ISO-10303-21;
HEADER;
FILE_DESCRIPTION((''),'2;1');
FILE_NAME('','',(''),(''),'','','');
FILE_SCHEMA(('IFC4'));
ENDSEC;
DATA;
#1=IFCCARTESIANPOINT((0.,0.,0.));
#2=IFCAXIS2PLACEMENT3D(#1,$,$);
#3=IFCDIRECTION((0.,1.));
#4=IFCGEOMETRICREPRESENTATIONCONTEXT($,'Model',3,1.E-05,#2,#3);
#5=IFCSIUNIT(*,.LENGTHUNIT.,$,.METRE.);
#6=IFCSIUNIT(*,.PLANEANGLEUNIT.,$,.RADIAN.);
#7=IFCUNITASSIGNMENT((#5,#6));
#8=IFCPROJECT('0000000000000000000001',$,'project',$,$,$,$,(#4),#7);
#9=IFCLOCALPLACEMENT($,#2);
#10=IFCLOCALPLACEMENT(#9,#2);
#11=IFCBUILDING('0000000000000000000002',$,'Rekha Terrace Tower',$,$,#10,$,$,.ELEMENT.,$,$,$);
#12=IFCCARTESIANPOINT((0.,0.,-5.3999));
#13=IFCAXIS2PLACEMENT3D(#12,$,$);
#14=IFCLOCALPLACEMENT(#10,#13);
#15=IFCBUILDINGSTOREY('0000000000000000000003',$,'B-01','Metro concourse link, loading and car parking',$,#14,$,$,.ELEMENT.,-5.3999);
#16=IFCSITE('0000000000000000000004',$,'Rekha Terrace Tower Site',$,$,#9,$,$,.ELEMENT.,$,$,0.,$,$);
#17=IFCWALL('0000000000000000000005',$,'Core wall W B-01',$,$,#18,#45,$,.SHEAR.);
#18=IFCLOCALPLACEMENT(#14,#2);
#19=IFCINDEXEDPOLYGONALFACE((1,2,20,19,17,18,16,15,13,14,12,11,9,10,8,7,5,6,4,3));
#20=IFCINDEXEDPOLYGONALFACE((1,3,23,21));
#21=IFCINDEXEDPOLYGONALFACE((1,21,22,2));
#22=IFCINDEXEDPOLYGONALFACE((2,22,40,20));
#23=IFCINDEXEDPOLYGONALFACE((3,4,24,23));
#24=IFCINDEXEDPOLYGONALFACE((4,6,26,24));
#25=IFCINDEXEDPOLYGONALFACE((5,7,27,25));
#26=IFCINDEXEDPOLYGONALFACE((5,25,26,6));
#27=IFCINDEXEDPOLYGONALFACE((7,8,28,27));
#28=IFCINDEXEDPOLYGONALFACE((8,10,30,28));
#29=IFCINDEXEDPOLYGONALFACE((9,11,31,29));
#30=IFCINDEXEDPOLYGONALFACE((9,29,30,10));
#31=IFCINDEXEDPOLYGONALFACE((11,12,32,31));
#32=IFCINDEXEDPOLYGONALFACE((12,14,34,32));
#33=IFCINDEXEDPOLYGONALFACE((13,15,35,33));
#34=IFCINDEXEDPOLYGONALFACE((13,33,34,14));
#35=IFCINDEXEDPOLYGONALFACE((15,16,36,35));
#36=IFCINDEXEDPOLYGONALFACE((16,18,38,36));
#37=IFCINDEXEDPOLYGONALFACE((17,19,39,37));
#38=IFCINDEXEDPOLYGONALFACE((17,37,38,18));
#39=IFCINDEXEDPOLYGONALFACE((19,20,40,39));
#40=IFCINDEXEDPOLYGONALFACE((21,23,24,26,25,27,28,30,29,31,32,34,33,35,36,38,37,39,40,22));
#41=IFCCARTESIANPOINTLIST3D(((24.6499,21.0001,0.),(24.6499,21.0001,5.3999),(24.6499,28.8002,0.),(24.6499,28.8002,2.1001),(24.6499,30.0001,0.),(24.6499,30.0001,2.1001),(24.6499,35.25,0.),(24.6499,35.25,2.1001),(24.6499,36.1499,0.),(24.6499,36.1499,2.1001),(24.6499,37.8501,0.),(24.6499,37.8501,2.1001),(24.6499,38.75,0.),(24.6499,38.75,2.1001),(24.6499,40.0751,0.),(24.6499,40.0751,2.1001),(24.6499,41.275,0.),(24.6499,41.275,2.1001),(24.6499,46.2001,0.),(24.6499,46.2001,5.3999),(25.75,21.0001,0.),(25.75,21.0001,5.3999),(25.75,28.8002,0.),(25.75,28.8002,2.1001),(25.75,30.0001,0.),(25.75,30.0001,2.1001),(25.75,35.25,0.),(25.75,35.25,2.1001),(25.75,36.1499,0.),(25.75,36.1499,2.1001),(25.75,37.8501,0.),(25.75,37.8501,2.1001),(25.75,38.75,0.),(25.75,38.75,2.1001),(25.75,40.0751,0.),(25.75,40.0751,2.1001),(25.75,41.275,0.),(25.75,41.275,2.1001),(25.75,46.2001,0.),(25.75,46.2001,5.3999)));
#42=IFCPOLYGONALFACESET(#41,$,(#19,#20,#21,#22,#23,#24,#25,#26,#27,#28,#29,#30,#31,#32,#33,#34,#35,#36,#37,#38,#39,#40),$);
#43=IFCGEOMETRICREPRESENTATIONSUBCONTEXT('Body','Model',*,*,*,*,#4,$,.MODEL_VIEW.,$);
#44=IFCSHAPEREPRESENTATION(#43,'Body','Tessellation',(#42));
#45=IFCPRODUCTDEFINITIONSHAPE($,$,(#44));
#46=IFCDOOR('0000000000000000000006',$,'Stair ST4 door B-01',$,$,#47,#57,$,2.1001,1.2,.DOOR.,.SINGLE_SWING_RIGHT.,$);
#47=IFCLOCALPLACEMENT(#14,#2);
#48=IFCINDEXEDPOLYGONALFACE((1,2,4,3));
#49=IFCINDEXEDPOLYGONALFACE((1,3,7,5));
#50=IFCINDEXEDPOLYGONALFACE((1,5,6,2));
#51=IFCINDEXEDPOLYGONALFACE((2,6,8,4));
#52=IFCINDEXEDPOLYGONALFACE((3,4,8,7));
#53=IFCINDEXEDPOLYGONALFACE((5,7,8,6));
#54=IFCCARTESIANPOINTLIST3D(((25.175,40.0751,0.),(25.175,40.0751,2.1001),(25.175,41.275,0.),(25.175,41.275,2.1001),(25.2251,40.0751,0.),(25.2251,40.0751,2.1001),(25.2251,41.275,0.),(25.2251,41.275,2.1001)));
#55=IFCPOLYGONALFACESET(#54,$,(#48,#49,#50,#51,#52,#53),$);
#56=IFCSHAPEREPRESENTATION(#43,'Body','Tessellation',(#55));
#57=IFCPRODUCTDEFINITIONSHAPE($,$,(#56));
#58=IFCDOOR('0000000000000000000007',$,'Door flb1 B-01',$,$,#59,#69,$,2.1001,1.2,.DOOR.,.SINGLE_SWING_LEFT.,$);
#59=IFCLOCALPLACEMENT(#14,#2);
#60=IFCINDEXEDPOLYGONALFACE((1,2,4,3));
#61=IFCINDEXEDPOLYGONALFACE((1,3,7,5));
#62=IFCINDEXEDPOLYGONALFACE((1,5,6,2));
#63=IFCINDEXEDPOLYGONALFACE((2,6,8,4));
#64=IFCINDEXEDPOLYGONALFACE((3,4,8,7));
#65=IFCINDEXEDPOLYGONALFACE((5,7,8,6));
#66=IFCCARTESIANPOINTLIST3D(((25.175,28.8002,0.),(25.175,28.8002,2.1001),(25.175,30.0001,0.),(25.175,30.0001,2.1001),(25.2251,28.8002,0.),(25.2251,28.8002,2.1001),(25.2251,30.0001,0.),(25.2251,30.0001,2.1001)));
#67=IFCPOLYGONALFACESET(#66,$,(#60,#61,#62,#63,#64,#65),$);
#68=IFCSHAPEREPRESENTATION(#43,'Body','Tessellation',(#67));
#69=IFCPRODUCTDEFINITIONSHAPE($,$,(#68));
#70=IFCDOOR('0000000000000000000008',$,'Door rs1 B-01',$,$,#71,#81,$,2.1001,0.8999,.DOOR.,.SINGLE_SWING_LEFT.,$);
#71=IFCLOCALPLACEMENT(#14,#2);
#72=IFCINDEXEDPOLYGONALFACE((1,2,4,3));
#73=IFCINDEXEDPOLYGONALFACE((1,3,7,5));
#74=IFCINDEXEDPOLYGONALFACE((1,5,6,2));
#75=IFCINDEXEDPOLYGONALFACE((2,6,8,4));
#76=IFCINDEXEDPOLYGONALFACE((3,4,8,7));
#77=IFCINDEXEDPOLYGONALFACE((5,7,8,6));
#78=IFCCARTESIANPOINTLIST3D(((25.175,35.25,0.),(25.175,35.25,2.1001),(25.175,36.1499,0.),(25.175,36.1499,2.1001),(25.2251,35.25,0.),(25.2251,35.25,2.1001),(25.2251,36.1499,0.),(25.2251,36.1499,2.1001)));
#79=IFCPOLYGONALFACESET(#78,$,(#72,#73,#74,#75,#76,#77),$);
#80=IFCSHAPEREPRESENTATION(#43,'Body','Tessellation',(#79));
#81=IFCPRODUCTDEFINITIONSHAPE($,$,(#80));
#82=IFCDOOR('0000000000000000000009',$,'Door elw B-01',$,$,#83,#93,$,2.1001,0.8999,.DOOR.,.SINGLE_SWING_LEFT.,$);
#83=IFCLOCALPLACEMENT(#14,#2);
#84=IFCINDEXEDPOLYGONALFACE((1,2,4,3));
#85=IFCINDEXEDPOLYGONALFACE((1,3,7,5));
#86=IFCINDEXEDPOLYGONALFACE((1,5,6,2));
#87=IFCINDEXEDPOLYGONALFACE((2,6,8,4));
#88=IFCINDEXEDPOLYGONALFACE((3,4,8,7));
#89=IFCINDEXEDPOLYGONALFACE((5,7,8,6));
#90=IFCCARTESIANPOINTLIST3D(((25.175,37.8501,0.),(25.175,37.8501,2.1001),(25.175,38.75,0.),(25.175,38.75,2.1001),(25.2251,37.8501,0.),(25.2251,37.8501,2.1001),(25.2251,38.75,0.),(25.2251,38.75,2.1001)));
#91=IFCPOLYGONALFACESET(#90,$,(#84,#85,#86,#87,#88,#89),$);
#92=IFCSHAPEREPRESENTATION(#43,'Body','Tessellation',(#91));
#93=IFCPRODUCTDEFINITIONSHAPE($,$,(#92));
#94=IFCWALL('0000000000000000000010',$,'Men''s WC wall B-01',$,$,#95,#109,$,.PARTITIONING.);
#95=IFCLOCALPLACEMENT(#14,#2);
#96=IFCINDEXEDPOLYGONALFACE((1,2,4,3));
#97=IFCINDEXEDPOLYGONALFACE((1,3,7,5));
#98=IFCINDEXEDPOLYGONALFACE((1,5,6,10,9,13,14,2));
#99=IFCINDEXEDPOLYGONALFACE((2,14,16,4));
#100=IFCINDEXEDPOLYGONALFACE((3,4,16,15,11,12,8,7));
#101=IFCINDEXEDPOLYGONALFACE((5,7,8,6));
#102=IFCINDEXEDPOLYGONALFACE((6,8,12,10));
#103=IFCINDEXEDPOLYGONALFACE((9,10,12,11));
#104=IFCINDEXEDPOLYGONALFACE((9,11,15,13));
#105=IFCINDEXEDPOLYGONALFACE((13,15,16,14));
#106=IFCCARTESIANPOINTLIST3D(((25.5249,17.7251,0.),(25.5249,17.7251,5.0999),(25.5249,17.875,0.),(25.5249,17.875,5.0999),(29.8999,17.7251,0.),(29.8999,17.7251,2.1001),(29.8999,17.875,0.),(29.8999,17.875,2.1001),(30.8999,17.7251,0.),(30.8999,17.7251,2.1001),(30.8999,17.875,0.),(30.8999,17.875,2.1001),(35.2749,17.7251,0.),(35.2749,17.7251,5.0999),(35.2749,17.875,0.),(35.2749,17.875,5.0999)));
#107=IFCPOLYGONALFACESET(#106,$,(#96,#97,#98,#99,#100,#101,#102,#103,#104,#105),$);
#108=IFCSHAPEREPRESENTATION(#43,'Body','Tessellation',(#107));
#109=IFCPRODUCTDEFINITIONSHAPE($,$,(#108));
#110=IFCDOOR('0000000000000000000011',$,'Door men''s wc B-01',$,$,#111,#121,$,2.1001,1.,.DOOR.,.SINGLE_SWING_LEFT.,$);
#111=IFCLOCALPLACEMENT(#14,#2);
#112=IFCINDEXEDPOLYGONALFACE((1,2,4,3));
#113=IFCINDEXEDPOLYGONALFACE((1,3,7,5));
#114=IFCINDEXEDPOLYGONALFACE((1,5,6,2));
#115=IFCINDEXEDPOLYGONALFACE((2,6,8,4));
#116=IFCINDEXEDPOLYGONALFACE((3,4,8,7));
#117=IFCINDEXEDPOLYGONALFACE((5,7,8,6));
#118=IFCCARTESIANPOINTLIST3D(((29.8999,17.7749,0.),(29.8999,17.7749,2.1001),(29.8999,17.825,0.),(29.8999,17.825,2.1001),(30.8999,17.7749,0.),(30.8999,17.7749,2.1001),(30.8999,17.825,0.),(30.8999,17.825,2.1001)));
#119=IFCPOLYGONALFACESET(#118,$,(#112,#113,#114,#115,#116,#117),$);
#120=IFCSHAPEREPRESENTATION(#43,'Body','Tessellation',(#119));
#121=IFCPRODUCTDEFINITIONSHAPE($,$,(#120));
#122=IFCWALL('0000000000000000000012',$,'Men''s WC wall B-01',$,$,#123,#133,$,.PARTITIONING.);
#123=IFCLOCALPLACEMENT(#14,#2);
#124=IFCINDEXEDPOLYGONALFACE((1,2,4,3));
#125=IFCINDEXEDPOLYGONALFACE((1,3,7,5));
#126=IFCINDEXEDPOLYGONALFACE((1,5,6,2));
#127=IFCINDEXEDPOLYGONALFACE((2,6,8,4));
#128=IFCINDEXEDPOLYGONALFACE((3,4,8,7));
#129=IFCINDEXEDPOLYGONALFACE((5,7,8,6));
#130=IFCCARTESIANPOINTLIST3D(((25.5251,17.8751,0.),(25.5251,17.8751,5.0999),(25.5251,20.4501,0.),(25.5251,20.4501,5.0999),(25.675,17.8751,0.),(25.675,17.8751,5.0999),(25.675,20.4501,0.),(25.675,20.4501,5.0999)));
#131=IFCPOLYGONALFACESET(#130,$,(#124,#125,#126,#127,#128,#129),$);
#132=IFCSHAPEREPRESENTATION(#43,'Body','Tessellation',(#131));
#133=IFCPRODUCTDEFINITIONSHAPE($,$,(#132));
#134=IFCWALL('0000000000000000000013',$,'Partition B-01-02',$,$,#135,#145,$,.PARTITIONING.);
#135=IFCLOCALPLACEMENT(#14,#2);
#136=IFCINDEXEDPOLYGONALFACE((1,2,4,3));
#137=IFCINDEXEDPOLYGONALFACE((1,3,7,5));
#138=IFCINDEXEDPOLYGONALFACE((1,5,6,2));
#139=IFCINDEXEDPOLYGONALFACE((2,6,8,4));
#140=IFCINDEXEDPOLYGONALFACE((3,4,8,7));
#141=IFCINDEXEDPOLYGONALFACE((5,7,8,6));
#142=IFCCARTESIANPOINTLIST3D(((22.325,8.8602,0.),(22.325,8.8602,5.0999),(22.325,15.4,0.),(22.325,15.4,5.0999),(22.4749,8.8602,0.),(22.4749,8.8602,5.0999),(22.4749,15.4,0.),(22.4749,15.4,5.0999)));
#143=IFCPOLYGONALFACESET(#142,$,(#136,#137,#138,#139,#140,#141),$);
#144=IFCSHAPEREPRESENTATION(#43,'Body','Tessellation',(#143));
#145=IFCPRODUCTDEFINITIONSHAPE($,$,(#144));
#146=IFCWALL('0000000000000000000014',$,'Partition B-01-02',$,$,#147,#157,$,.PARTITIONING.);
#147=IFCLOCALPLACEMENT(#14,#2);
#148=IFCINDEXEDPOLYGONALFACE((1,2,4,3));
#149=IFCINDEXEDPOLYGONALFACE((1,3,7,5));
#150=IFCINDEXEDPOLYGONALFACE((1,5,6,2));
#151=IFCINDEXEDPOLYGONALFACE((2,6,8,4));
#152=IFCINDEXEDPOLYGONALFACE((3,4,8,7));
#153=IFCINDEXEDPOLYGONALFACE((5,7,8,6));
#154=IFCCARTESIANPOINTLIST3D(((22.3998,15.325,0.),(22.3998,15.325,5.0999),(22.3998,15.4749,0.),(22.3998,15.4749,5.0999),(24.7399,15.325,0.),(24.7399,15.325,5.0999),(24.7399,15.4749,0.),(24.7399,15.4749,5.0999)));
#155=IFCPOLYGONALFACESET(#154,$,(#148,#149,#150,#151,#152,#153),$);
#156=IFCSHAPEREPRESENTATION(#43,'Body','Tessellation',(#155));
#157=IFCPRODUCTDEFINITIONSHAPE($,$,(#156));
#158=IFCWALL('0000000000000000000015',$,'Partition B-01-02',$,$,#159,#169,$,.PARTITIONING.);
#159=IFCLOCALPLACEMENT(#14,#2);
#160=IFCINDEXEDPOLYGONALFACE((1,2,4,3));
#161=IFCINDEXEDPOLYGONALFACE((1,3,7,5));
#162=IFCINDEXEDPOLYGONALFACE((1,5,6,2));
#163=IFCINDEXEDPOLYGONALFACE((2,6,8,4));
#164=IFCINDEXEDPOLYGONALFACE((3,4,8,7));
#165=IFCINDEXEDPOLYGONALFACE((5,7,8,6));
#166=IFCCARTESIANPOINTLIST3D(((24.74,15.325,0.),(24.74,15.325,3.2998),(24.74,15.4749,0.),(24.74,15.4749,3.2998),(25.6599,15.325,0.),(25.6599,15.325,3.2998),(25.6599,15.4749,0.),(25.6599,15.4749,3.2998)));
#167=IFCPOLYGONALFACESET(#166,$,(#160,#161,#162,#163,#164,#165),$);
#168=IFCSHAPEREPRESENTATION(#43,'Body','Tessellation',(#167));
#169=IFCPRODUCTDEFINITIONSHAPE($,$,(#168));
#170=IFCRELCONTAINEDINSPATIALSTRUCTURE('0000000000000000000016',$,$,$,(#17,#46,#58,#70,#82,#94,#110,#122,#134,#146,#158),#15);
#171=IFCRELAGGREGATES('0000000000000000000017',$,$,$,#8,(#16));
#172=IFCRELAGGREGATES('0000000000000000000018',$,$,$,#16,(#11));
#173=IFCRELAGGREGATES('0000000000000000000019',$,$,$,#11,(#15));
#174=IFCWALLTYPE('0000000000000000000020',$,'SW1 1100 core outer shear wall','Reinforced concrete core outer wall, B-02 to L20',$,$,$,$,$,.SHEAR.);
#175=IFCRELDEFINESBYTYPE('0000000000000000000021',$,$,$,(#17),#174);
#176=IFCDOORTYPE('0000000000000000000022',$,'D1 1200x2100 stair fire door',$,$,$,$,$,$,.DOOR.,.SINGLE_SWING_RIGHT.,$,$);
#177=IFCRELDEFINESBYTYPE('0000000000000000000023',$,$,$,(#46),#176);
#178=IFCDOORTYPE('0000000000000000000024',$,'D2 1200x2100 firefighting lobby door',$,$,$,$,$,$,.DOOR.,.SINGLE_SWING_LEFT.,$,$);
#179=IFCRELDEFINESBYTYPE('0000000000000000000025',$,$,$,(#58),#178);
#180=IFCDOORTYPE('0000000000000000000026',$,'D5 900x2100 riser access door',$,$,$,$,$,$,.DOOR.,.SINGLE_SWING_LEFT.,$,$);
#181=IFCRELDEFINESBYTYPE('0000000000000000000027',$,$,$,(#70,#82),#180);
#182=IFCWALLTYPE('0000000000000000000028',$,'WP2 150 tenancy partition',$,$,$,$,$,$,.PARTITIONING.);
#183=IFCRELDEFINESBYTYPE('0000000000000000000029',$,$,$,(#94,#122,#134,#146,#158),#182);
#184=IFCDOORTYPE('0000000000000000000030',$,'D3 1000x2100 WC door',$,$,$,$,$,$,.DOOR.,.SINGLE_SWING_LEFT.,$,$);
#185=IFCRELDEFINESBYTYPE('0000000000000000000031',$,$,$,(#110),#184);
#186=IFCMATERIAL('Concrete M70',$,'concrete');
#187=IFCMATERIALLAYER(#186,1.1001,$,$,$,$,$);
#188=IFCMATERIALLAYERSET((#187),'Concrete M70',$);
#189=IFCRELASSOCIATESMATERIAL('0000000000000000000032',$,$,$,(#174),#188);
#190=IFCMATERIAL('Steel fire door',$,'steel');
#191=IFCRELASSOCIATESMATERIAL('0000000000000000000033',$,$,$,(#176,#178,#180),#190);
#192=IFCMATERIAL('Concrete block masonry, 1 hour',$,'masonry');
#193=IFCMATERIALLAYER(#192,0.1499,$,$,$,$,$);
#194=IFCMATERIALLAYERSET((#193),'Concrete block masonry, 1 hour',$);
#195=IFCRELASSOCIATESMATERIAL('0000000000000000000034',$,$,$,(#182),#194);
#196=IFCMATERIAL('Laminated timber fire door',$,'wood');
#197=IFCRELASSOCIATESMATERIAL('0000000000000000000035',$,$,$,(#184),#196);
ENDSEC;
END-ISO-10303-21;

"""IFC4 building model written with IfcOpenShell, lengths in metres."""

from ifc_helpers import new_model, si_unit, direction, frame, frame_2d, origin, place, context, subcontext, project, spatial, rectangle, extrude, material, layer, layer_set, type_object, element, fill, save


model = new_model("IFC4")

# Units and contexts
model_context = context("Model", 3, precision=1e-05, world=origin(), true_north=direction((0.0, 1.0)))
body_context = subcontext(model_context, "Body", "Model", "MODEL_VIEW")
ifc_project = project(units=[si_unit("LENGTHUNIT", "METRE"), si_unit("PLANEANGLEUNIT", "RADIAN")], contexts=[model_context])

# Site, building, storey
site_placement = place(None, origin())
site = spatial("IfcSite", under=ifc_project, at=site_placement, Name="Rekha Terrace Tower Site", CompositionType="ELEMENT", RefElevation=0.0)
building_placement = place(site_placement, origin())
building = spatial("IfcBuilding", under=site, at=building_placement, Name="Rekha Terrace Tower", CompositionType="ELEMENT")
storey_placement = place(building_placement, frame((0.0, 0.0, -5.3999)))
storey = spatial("IfcBuildingStorey", under=building, at=storey_placement, Name="B-01", Description="Metro concourse link, loading and car parking", CompositionType="ELEMENT", Elevation=-5.3999)

# Shared definitions
ifc_material_1 = material(Name="Concrete M70", Category="concrete")

# Shared definitions
ifc_layer_1 = layer(ifc_material_1, 1.1001)
ifc_layer_set_1 = layer_set([ifc_layer_1], Name="Concrete M70")
wall_type_1 = type_object("IfcWallType", Name="SW1 1100 core outer shear wall", Description="Reinforced concrete core outer wall, B-02 to L20", PredefinedType="SHEAR", material=ifc_layer_set_1)

# Wall, openings, doors
wall_1_placement = place(storey_placement, frame((25.2, 21.0, 0.0), z_axis=(0.0, 0.0, 1.0), x_axis=(0.0, 1.0, 0.0)))
wall_1 = element("IfcWall", 1, at=wall_1_placement, inside=storey, type_object=wall_type_1, Name="Core wall W B-01", PredefinedType="SHEAR", context=body_context, shape_type="SweptSolid", body=[
    extrude(rectangle(XDim=25.2, YDim=1.1001, at=frame_2d((12.6001, 0.0))), origin(), (0.0, 0.0, 1.0), 5.3999),
])
opening_1_placement = place(wall_1_placement, frame((7.8, 0.0, 0.0)))
opening_1 = element("IfcOpeningElement", 2, at=opening_1_placement, cuts=wall_1, PredefinedType="OPENING", context=body_context, shape_type="SweptSolid", body=[
    extrude(rectangle(XDim=1.2, YDim=2.1001, at=frame_2d((0.6001, 1.05))), frame((0.0, 0.5601, 0.0), z_axis=(0.0, -1.0, 0.0), x_axis=(1.0, 0.0, 0.0)), (0.0, 0.0, 1.0), 1.1201),
])
opening_2_placement = place(wall_1_placement, frame((14.25, 0.0, 0.0)))
opening_2 = element("IfcOpeningElement", 3, at=opening_2_placement, cuts=wall_1, PredefinedType="OPENING", context=body_context, shape_type="SweptSolid", body=[
    extrude(rectangle(XDim=0.8999, YDim=2.1001, at=frame_2d((0.45, 1.05))), frame((0.0, 0.5601, 0.0), z_axis=(0.0, -1.0, 0.0), x_axis=(1.0, 0.0, 0.0)), (0.0, 0.0, 1.0), 1.1201),
])
opening_3_placement = place(wall_1_placement, frame((16.8501, 0.0, 0.0)))
opening_3 = element("IfcOpeningElement", 4, at=opening_3_placement, cuts=wall_1, PredefinedType="OPENING", context=body_context, shape_type="SweptSolid", body=[
    extrude(rectangle(XDim=0.8999, YDim=2.1001, at=frame_2d((0.45, 1.05))), frame((0.0, 0.5601, 0.0), z_axis=(0.0, -1.0, 0.0), x_axis=(1.0, 0.0, 0.0)), (0.0, 0.0, 1.0), 1.1201),
])
opening_4_placement = place(wall_1_placement, frame((19.075, 0.0, 0.0)))
opening_4 = element("IfcOpeningElement", 5, at=opening_4_placement, cuts=wall_1, PredefinedType="OPENING", context=body_context, shape_type="SweptSolid", body=[
    extrude(rectangle(XDim=1.2, YDim=2.1001, at=frame_2d((0.6001, 1.05))), frame((0.0, 0.5601, 0.0), z_axis=(0.0, -1.0, 0.0), x_axis=(1.0, 0.0, 0.0)), (0.0, 0.0, 1.0), 1.1201),
])
ifc_material_2 = material(Name="Steel fire door", Category="steel")
door_type_1 = type_object("IfcDoorType", Name="D1 1200x2100 stair fire door", OperationType="SINGLE_SWING_RIGHT", PredefinedType="DOOR", material=ifc_material_2)
door_1_placement = place(opening_4_placement, origin())
door_1 = element("IfcDoor", 6, at=door_1_placement, inside=storey, type_object=door_type_1, Name="Stair ST4 door B-01", OperationType="SINGLE_SWING_RIGHT", OverallHeight=2.1001, OverallWidth=1.2, PredefinedType="DOOR", context=body_context, shape_type="SweptSolid", body=[
    extrude(rectangle(XDim=1.2, YDim=2.1001, at=frame_2d((0.6001, 1.05))), frame((0.0, 0.0249, 0.0), z_axis=(0.0, -1.0, 0.0), x_axis=(1.0, 0.0, 0.0)), (0.0, 0.0, 1.0), 0.05),
])
fill(opening_4, door_1)
door_type_2 = type_object("IfcDoorType", Name="D2 1200x2100 firefighting lobby door", OperationType="SINGLE_SWING_LEFT", PredefinedType="DOOR", material=ifc_material_2)
door_2_placement = place(opening_1_placement, origin())
door_2 = element("IfcDoor", 7, at=door_2_placement, inside=storey, type_object=door_type_2, Name="Door flb1 B-01", OperationType="SINGLE_SWING_LEFT", OverallHeight=2.1001, OverallWidth=1.2, PredefinedType="DOOR", context=body_context, shape_type="SweptSolid", body=[
    extrude(rectangle(XDim=1.2, YDim=2.1001, at=frame_2d((0.6001, 1.05))), frame((0.0, 0.0249, 0.0), z_axis=(0.0, -1.0, 0.0), x_axis=(1.0, 0.0, 0.0)), (0.0, 0.0, 1.0), 0.05),
])
fill(opening_1, door_2)
door_type_3 = type_object("IfcDoorType", Name="D5 900x2100 riser access door", OperationType="SINGLE_SWING_LEFT", PredefinedType="DOOR", material=ifc_material_2)
door_3_placement = place(opening_2_placement, origin())
door_3 = element("IfcDoor", 8, at=door_3_placement, inside=storey, type_object=door_type_3, Name="Door rs1 B-01", OperationType="SINGLE_SWING_LEFT", OverallHeight=2.1001, OverallWidth=0.8999, PredefinedType="DOOR", context=body_context, shape_type="SweptSolid", body=[
    extrude(rectangle(XDim=0.8999, YDim=2.1001, at=frame_2d((0.45, 1.05))), frame((0.0, 0.0249, 0.0), z_axis=(0.0, -1.0, 0.0), x_axis=(1.0, 0.0, 0.0)), (0.0, 0.0, 1.0), 0.05),
])
fill(opening_2, door_3)
door_4_placement = place(opening_3_placement, origin())
door_4 = element("IfcDoor", 9, at=door_4_placement, inside=storey, type_object=door_type_3, Name="Door elw B-01", OperationType="SINGLE_SWING_LEFT", OverallHeight=2.1001, OverallWidth=0.8999, PredefinedType="DOOR", context=body_context, shape_type="SweptSolid", body=[
    extrude(rectangle(XDim=0.8999, YDim=2.1001, at=frame_2d((0.45, 1.05))), frame((0.0, 0.0249, 0.0), z_axis=(0.0, -1.0, 0.0), x_axis=(1.0, 0.0, 0.0)), (0.0, 0.0, 1.0), 0.05),
])
fill(opening_3, door_4)

# Wall, opening, door
ifc_material_3 = material(Name="Concrete block masonry, 1 hour", Category="masonry")
ifc_layer_2 = layer(ifc_material_3, 0.1499)
ifc_layer_set_2 = layer_set([ifc_layer_2], Name="Concrete block masonry, 1 hour")
wall_type_2 = type_object("IfcWallType", Name="WP2 150 tenancy partition", PredefinedType="PARTITIONING", material=ifc_layer_set_2)
wall_2_placement = place(storey_placement, frame((25.5249, 17.8, 0.0), z_axis=(0.0, 0.0, 1.0), x_axis=(1.0, 0.0, 0.0)))
wall_2 = element("IfcWall", 10, at=wall_2_placement, inside=storey, type_object=wall_type_2, Name="Men's WC wall B-01", PredefinedType="PARTITIONING", context=body_context, shape_type="SweptSolid", body=[
    extrude(rectangle(XDim=9.75, YDim=0.1499, at=frame_2d((4.875, 0.0))), origin(), (0.0, 0.0, 1.0), 5.0999),
])
opening_5_placement = place(wall_2_placement, frame((4.375, 0.0, 0.0)))
opening_5 = element("IfcOpeningElement", 11, at=opening_5_placement, cuts=wall_2, PredefinedType="OPENING", context=body_context, shape_type="SweptSolid", body=[
    extrude(rectangle(XDim=1.0, YDim=2.1001, at=frame_2d((0.5, 1.05))), frame((0.0, 0.085, 0.0), z_axis=(0.0, -1.0, 0.0), x_axis=(1.0, 0.0, 0.0)), (0.0, 0.0, 1.0), 0.1699),
])
ifc_material_4 = material(Name="Laminated timber fire door", Category="wood")
door_type_4 = type_object("IfcDoorType", Name="D3 1000x2100 WC door", OperationType="SINGLE_SWING_LEFT", PredefinedType="DOOR", material=ifc_material_4)
door_5_placement = place(opening_5_placement, origin())
door_5 = element("IfcDoor", 12, at=door_5_placement, inside=storey, type_object=door_type_4, Name="Door men's wc B-01", OperationType="SINGLE_SWING_LEFT", OverallHeight=2.1001, OverallWidth=1.0, PredefinedType="DOOR", context=body_context, shape_type="SweptSolid", body=[
    extrude(rectangle(XDim=1.0, YDim=2.1001, at=frame_2d((0.5, 1.05))), frame((0.0, 0.0249, 0.0), z_axis=(0.0, -1.0, 0.0), x_axis=(1.0, 0.0, 0.0)), (0.0, 0.0, 1.0), 0.05),
])
fill(opening_5, door_5)

# Walls
wall_3_placement = place(storey_placement, frame((25.6001, 17.875, 0.0), z_axis=(0.0, 0.0, 1.0), x_axis=(0.0, 1.0, 0.0)))
element("IfcWall", 13, at=wall_3_placement, inside=storey, type_object=wall_type_2, Name="Men's WC wall B-01", PredefinedType="PARTITIONING", context=body_context, shape_type="SweptSolid", body=[
    extrude(rectangle(XDim=2.575, YDim=0.1499, at=frame_2d((1.2876, 0.0))), origin(), (0.0, 0.0, 1.0), 5.0999),
])
wall_4_placement = place(storey_placement, frame((22.3999, 8.8601, 0.0), z_axis=(0.0, 0.0, 1.0), x_axis=(0.0, 1.0, 0.0)))
element("IfcWall", 14, at=wall_4_placement, inside=storey, type_object=wall_type_2, Name="Partition B-01-02", PredefinedType="PARTITIONING", context=body_context, shape_type="SweptSolid", body=[
    extrude(rectangle(XDim=6.5398, YDim=0.1499, at=frame_2d((3.27, 0.0))), origin(), (0.0, 0.0, 1.0), 5.0999),
])
wall_5_placement = place(storey_placement, frame((22.3999, 15.3999, 0.0), z_axis=(0.0, 0.0, 1.0), x_axis=(1.0, 0.0, 0.0)))
element("IfcWall", 15, at=wall_5_placement, inside=storey, type_object=wall_type_2, Name="Partition B-01-02", PredefinedType="PARTITIONING", context=body_context, shape_type="SweptSolid", body=[
    extrude(rectangle(XDim=2.3401, YDim=0.1499, at=frame_2d((1.1699, 0.0))), origin(), (0.0, 0.0, 1.0), 5.0999),
])
wall_6_placement = place(storey_placement, frame((24.74, 15.3999, 0.0), z_axis=(0.0, 0.0, 1.0), x_axis=(1.0, 0.0, 0.0)))
element("IfcWall", 16, at=wall_6_placement, inside=storey, type_object=wall_type_2, Name="Partition B-01-02", PredefinedType="PARTITIONING", context=body_context, shape_type="SweptSolid", body=[
    extrude(rectangle(XDim=0.9199, YDim=0.1499, at=frame_2d((0.46, 0.0))), origin(), (0.0, 0.0, 1.0), 3.2998),
])

save(model, "model.ifc")
